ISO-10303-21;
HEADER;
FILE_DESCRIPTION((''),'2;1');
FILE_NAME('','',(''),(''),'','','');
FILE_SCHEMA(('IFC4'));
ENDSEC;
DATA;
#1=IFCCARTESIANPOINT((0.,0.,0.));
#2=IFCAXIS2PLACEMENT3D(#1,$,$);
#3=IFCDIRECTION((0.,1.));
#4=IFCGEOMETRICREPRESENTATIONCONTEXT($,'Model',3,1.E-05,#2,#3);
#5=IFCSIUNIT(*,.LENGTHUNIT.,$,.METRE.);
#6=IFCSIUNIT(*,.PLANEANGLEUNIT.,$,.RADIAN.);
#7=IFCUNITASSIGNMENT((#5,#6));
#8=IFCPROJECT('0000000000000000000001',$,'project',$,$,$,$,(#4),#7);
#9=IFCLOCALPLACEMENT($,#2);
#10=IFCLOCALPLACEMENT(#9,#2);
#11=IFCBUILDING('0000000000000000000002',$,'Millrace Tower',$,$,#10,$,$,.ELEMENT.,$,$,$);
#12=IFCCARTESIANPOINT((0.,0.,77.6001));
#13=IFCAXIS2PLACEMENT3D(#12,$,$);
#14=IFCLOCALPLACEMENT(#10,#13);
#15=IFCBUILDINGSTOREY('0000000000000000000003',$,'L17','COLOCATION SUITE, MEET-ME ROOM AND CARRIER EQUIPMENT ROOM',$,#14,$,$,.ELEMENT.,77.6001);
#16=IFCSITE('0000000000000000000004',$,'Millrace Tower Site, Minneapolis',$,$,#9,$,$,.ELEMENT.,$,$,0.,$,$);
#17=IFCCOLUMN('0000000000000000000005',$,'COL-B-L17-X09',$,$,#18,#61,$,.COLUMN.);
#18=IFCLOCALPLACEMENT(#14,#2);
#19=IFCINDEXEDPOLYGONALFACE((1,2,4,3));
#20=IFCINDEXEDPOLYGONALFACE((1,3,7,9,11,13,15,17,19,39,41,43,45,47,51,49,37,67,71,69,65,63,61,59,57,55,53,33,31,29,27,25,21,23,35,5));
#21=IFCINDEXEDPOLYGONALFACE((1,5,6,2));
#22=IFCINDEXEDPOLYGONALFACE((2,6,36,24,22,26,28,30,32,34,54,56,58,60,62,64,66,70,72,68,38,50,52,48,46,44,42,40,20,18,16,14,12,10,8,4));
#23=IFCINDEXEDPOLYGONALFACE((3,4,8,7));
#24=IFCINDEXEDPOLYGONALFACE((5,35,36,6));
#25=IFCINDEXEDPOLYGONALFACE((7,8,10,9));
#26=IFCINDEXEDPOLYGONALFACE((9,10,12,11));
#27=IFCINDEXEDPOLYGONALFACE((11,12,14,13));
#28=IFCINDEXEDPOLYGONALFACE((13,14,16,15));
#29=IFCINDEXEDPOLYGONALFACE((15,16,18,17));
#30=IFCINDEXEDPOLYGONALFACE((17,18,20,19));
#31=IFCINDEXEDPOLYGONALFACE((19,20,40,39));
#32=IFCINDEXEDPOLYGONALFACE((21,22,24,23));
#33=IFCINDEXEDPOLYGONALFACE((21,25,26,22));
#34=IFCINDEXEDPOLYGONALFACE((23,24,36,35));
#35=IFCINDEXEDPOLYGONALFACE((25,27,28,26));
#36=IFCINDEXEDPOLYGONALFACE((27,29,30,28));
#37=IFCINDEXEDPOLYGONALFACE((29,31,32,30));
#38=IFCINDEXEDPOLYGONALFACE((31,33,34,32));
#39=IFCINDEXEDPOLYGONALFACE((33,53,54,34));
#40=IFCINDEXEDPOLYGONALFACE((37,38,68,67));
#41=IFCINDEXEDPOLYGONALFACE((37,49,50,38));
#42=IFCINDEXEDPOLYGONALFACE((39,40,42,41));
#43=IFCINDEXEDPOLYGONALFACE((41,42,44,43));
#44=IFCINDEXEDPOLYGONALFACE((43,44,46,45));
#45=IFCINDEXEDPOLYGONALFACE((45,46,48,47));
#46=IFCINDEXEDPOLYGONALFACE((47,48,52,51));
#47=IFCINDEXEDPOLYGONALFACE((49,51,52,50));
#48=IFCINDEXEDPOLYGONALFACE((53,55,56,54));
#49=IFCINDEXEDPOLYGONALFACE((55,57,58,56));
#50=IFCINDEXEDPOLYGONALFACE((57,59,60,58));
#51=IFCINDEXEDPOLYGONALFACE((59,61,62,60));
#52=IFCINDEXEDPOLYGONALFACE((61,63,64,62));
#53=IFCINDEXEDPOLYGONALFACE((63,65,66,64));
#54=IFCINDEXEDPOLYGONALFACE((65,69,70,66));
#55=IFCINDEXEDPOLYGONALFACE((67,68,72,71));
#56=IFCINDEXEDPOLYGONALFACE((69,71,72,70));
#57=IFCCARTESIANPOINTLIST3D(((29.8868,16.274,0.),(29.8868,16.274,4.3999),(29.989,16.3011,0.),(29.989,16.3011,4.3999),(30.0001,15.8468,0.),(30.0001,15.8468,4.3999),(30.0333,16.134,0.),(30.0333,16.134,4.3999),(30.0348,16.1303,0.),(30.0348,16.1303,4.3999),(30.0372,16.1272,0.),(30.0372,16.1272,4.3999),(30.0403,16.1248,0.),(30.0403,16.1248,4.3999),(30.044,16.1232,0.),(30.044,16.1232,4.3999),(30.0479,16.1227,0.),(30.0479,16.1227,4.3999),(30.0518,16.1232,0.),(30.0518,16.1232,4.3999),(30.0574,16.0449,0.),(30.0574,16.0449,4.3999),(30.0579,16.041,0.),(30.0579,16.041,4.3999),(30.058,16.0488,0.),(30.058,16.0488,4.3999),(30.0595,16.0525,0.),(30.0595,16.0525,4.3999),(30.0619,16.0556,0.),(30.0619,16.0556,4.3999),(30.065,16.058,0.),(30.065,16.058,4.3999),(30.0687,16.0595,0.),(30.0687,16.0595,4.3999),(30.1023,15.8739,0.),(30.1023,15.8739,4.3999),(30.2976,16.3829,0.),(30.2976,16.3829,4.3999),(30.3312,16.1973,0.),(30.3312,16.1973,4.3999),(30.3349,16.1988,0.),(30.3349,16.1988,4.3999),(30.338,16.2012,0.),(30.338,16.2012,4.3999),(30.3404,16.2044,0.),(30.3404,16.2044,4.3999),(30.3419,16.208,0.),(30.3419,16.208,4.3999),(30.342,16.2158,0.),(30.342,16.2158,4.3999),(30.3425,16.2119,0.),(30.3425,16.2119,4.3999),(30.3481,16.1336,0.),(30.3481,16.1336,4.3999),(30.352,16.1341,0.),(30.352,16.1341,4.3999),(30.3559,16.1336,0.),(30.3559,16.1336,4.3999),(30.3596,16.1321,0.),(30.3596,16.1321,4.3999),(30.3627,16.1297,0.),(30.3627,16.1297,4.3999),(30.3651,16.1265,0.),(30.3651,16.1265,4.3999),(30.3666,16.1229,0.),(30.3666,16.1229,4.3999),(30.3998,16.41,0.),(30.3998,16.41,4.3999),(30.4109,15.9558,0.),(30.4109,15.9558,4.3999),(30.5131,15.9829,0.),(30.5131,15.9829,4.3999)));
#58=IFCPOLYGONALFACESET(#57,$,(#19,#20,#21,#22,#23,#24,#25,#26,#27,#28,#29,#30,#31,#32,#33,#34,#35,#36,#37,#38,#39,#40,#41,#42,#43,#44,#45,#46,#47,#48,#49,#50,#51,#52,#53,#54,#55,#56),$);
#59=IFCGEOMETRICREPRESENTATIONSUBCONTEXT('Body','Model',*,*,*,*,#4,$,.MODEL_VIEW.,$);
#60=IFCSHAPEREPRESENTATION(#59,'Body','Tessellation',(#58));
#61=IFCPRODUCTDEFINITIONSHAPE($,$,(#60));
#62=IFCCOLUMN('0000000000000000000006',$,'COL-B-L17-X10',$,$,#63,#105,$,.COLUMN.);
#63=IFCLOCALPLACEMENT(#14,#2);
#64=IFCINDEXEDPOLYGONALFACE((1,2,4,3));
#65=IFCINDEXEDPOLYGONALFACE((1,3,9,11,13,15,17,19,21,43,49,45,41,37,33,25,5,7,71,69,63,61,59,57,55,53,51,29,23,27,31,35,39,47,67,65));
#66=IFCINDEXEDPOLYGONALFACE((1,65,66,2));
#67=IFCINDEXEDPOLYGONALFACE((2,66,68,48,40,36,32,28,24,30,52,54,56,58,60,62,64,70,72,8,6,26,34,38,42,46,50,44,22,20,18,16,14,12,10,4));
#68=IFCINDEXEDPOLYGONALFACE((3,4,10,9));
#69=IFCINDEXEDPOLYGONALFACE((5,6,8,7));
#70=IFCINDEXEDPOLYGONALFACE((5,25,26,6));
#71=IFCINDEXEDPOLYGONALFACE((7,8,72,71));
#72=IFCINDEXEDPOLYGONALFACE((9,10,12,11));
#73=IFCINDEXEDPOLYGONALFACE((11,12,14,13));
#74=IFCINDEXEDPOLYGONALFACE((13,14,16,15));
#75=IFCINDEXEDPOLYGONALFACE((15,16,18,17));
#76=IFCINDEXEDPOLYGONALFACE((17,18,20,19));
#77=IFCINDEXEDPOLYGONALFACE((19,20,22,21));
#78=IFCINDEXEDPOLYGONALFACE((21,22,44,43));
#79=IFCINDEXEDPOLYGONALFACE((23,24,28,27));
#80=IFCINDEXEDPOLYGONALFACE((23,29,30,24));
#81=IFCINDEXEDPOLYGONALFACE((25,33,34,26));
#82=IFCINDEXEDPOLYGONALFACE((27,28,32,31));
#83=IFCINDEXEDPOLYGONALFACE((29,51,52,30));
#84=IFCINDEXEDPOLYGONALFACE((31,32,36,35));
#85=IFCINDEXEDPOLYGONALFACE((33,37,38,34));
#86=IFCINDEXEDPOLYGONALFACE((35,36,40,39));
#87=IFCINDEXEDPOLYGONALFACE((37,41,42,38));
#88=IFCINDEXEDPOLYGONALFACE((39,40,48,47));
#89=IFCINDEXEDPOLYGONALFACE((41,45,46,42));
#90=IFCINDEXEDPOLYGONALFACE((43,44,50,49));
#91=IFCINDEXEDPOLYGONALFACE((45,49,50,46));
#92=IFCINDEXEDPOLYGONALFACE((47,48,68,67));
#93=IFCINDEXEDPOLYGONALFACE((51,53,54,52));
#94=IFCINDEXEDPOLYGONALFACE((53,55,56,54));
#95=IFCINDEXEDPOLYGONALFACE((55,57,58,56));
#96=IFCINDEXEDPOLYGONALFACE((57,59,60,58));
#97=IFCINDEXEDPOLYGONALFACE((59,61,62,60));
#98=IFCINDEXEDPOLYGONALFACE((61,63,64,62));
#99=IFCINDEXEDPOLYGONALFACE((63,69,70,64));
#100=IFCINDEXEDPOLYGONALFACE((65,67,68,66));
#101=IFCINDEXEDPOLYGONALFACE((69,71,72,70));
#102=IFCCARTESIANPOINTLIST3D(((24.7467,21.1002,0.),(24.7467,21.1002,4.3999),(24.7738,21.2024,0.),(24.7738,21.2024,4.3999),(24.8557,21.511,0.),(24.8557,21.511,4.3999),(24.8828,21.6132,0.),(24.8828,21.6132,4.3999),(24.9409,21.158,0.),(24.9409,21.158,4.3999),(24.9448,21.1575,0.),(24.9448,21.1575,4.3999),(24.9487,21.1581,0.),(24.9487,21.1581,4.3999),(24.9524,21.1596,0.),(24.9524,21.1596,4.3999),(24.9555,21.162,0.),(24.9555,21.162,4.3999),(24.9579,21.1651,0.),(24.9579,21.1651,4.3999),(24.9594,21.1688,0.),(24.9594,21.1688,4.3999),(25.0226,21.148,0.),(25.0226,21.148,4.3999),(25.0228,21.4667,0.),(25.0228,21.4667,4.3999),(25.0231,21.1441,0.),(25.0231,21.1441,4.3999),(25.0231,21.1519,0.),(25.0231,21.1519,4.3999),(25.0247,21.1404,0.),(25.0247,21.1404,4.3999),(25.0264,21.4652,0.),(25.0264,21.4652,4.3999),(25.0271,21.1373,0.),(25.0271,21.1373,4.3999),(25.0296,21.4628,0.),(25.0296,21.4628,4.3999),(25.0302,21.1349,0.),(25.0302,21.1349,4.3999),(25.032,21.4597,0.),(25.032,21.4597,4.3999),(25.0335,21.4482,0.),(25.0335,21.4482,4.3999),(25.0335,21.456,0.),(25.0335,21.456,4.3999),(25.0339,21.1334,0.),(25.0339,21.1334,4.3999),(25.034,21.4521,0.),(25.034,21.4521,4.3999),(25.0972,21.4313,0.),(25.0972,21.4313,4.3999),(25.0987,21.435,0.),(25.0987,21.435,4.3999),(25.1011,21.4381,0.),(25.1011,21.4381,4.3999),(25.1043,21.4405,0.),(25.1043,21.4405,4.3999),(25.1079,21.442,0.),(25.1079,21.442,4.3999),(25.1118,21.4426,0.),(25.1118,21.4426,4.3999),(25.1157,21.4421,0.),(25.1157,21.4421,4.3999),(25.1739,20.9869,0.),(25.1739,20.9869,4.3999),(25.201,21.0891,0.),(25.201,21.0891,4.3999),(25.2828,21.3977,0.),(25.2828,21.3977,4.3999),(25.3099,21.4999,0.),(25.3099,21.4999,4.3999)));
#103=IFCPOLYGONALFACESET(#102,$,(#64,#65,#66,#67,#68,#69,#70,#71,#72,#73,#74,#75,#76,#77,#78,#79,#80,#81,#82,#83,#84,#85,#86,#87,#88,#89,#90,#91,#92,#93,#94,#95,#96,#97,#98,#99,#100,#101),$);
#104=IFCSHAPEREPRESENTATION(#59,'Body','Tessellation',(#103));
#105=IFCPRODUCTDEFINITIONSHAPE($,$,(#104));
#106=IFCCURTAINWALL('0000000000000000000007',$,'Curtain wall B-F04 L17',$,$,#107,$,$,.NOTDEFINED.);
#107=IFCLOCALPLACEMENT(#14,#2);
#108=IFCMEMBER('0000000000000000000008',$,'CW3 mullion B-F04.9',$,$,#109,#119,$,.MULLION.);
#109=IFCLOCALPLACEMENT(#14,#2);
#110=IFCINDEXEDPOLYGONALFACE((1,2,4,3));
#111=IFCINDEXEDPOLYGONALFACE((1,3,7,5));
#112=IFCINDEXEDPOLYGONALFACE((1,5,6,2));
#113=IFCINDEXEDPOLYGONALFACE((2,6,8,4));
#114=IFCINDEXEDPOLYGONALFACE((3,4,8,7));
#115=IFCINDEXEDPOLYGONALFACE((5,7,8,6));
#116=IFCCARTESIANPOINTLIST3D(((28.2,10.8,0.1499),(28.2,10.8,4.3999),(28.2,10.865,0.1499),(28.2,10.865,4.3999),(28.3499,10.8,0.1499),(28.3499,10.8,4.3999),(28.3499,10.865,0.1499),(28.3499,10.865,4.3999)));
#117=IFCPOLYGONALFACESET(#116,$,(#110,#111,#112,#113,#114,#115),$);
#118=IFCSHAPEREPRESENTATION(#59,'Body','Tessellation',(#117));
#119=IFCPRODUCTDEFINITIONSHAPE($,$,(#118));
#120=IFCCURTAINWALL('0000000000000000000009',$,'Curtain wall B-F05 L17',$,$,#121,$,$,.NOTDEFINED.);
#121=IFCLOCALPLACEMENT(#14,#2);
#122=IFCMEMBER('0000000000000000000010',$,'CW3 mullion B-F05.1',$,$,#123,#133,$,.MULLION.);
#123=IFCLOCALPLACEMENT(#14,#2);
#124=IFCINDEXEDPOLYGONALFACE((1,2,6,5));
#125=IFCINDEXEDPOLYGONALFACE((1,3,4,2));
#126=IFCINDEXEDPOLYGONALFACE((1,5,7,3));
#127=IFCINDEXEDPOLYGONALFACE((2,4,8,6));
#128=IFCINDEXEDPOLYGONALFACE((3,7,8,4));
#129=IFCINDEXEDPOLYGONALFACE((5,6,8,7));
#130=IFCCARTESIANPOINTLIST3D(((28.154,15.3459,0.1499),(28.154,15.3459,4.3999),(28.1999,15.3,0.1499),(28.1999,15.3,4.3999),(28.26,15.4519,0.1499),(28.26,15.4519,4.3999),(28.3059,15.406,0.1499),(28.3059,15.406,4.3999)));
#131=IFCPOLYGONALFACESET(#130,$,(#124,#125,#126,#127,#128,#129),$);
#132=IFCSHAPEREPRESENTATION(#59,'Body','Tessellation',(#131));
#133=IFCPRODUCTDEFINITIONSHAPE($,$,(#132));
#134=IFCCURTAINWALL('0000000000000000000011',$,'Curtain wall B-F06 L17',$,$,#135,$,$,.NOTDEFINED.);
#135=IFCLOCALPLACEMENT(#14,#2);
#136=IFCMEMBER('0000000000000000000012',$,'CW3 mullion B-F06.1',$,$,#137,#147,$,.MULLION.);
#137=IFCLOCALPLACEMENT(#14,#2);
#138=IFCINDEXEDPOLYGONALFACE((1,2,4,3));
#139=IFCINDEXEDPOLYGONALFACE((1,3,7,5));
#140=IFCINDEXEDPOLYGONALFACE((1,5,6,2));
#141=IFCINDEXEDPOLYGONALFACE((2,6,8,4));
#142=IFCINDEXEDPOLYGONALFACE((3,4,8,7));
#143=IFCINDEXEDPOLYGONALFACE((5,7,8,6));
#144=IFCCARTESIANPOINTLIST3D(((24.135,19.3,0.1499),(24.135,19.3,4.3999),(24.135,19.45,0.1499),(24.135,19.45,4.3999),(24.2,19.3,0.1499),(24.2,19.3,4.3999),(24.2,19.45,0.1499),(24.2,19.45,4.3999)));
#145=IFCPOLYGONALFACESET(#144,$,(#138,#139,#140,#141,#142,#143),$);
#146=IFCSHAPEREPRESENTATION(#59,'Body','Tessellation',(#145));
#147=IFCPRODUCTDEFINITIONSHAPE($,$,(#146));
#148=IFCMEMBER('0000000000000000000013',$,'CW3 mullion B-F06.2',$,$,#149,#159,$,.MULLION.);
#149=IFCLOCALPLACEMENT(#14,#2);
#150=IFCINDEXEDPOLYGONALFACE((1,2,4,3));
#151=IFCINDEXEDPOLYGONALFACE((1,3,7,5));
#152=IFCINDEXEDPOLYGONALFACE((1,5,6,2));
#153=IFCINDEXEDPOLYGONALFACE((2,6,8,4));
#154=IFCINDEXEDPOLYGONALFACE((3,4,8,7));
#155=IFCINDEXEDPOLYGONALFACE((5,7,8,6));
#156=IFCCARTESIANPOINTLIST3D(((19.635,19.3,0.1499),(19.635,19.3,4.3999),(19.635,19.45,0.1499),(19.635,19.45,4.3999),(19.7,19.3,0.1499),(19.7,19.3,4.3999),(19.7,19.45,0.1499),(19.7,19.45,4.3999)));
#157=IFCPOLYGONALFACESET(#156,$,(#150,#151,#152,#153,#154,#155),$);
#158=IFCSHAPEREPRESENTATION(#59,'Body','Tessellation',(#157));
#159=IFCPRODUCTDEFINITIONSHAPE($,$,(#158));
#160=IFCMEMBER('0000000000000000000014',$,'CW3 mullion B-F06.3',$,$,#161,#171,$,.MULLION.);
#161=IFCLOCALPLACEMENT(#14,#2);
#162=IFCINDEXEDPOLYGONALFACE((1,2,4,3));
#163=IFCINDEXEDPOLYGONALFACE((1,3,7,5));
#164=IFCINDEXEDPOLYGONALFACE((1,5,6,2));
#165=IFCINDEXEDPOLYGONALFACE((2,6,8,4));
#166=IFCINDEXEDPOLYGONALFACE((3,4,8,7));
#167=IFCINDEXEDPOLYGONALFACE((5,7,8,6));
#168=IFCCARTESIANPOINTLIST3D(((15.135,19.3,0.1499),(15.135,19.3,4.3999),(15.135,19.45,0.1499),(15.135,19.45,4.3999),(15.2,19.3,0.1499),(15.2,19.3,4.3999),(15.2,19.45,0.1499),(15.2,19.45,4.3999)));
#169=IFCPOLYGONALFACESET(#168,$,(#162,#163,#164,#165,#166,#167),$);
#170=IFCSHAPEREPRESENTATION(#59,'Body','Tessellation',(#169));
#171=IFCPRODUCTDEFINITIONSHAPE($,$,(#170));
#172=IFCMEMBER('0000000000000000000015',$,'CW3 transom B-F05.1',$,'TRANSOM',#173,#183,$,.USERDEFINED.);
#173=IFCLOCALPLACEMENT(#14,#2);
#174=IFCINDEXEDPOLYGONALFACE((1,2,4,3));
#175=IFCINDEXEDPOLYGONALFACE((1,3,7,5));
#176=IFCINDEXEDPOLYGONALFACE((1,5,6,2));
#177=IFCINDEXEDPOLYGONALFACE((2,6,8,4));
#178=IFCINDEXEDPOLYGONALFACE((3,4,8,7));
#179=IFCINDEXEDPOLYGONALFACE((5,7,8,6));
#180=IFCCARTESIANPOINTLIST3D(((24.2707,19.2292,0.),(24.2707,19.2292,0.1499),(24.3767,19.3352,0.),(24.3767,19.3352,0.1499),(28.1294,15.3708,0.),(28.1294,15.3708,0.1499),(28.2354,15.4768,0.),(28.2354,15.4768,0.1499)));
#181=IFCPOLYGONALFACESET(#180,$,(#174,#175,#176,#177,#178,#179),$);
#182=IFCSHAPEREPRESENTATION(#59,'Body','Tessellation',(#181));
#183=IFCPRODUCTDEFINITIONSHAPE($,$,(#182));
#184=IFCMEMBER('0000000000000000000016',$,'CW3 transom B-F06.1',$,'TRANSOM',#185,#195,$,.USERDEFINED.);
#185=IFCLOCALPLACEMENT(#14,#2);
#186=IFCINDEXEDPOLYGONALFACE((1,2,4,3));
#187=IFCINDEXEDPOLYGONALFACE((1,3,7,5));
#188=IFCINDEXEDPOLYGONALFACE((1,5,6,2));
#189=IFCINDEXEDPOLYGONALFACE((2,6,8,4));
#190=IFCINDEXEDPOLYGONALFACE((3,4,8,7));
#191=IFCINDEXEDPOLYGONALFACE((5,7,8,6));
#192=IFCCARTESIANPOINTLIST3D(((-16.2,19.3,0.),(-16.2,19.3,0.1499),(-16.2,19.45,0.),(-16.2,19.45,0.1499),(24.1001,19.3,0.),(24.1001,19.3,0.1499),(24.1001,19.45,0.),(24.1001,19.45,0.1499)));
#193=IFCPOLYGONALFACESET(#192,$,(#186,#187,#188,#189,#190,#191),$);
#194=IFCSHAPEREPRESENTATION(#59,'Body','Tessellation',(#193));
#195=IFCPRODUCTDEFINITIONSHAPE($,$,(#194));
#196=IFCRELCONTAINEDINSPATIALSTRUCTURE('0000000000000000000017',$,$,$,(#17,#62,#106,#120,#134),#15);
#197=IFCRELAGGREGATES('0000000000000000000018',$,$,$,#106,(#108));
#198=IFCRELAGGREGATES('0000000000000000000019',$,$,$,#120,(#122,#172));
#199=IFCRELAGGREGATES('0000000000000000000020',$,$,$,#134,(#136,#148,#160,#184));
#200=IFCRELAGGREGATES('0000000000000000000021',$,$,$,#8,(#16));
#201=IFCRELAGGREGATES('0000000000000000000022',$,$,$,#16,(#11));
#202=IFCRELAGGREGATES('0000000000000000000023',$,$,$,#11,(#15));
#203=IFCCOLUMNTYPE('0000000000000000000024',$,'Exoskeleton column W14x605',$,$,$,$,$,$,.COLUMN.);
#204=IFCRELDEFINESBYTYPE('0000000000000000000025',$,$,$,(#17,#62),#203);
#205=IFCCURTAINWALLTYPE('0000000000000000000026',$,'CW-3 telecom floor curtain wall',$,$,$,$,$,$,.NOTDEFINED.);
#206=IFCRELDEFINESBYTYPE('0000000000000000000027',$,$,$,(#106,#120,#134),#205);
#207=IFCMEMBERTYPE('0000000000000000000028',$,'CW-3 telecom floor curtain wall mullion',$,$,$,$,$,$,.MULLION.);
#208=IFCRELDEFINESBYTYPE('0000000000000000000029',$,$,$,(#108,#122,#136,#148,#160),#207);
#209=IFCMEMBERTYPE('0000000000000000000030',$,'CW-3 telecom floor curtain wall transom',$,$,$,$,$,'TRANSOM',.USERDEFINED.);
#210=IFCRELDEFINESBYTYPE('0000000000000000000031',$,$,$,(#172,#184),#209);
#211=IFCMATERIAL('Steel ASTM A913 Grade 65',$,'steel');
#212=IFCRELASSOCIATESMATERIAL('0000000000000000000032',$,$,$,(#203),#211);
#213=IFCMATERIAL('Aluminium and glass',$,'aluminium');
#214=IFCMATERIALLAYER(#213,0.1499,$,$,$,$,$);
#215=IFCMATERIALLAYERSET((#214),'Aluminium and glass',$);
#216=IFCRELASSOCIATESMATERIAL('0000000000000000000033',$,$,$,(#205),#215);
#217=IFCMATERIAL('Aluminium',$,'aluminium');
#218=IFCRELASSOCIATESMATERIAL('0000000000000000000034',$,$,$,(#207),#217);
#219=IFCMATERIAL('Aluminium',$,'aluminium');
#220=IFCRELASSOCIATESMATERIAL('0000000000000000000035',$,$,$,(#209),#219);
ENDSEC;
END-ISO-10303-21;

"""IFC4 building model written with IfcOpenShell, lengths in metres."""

from ifc_helpers import new_model, si_unit, direction, frame, origin, origin_2d, place, context, subcontext, project, spatial, rectangle, i_section, extrude, material, layer, layer_set, material_profile, profile_set, type_object, element, aggregate, save


model = new_model("IFC4")

# Units and contexts
model_context = context("Model", 3, precision=1e-05, world=origin(), true_north=direction((0.0, 1.0)))
body_context = subcontext(model_context, "Body", "Model", "MODEL_VIEW")
ifc_project = project(units=[si_unit("LENGTHUNIT", "METRE"), si_unit("PLANEANGLEUNIT", "RADIAN")], contexts=[model_context])

# Site, building, storey
site_placement = place(None, origin())
site = spatial("IfcSite", under=ifc_project, at=site_placement, Name="Millrace Tower Site, Minneapolis", CompositionType="ELEMENT", RefElevation=0.0)
building_placement = place(site_placement, origin())
building = spatial("IfcBuilding", under=site, at=building_placement, Name="Millrace Tower", CompositionType="ELEMENT")
storey_placement = place(building_placement, frame((0.0, 0.0, 77.6001)))
storey = spatial("IfcBuildingStorey", under=building, at=storey_placement, Name="L17", Description="COLOCATION SUITE, MEET-ME ROOM AND CARRIER EQUIPMENT ROOM", CompositionType="ELEMENT", Elevation=77.6001)

# Columns
ifc_material_1 = material(Name="Steel ASTM A913 Grade 65", Category="steel")
ifc_material_profile_1 = material_profile(ifc_material_1, i_section(OverallWidth=0.4419, OverallDepth=0.5308, WebThickness=0.0659, FlangeThickness=0.1057, FilletRadius=0.0151, at=origin_2d()))
ifc_profile_set_1 = profile_set([ifc_material_profile_1], Name="Steel ASTM A913 Grade 65")
column_type = type_object("IfcColumnType", Name="Exoskeleton column W14x605", PredefinedType="COLUMN", material=ifc_profile_set_1)
for number, where, z_axis, x_axis, name in (
    (1, (30.2, 16.1284, 0.0), (0.0, 0.0, 1.0), (-0.256347, 0.966585, 0.0), "COL-B-L17-X09"),
    (2, (25.0283, 21.3, 0.0), (0.0, 0.0, 1.0), (-0.966585, 0.256347, 0.0), "COL-B-L17-X10"),
):
    element("IfcColumn", number, at=place(storey_placement, frame(where, z_axis=z_axis, x_axis=x_axis)), inside=storey, type_object=column_type, Name=name, PredefinedType="COLUMN", context=body_context, shape_type="SweptSolid", body=[
        extrude(i_section(OverallWidth=0.4419, OverallDepth=0.5308, WebThickness=0.0659, FlangeThickness=0.1057, FilletRadius=0.0151, at=origin_2d()), origin(), (0.0, 0.0, 1.0), 4.3999),
    ])

# Curtain walls, members
ifc_material_2 = material(Name="Aluminium and glass", Category="aluminium")
ifc_layer_1 = layer(ifc_material_2, 0.1499)
ifc_layer_set_1 = layer_set([ifc_layer_1], Name="Aluminium and glass")
curtain_wall_type = type_object("IfcCurtainWallType", Name="CW-3 telecom floor curtain wall", PredefinedType="NOTDEFINED", material=ifc_layer_set_1)
placement = place(storey_placement, origin())
curtain_wall_1 = element("IfcCurtainWall", 3, at=placement, inside=storey, type_object=curtain_wall_type, Name="Curtain wall B-F04 L17", PredefinedType="NOTDEFINED")
ifc_material_3 = material(Name="Aluminium", Category="aluminium")
ifc_material_profile_2 = material_profile(ifc_material_3, rectangle(XDim=0.0649, YDim=0.1499, at=origin_2d()))
ifc_profile_set_2 = profile_set([ifc_material_profile_2], Name="Aluminium")
member_type_1 = type_object("IfcMemberType", Name="CW-3 telecom floor curtain wall mullion", PredefinedType="MULLION", material=ifc_profile_set_2)
member_1_placement = place(storey_placement, frame((28.2749, 10.8325, 0.1499), z_axis=(0.0, 0.0, 1.0), x_axis=(0.0, 1.0, 0.0)))
member_1 = element("IfcMember", 4, at=member_1_placement, type_object=member_type_1, Name="CW3 mullion B-F04.9", PredefinedType="MULLION", context=body_context, shape_type="SweptSolid", body=[
    extrude(rectangle(XDim=0.0649, YDim=0.1499, at=origin_2d()), origin(), (0.0, 0.0, 1.0), 4.25),
])
aggregate(curtain_wall_1, [member_1])
curtain_wall_2 = element("IfcCurtainWall", 5, at=placement, inside=storey, type_object=curtain_wall_type, Name="Curtain wall B-F05 L17", PredefinedType="NOTDEFINED")
member_2_placement = place(storey_placement, frame((28.23, 15.376, 0.1499), z_axis=(0.0, 0.0, 1.0), x_axis=(-0.707107, 0.707107, 0.0)))
member_2 = element("IfcMember", 6, at=member_2_placement, type_object=member_type_1, Name="CW3 mullion B-F05.1", PredefinedType="MULLION", context=body_context, shape_type="SweptSolid", body=[
    extrude(rectangle(XDim=0.0649, YDim=0.1499, at=origin_2d()), origin(), (0.0, 0.0, 1.0), 4.25),
])

# Curtain wall, members
curtain_wall_3 = element("IfcCurtainWall", 7, at=placement, inside=storey, type_object=curtain_wall_type, Name="Curtain wall B-F06 L17", PredefinedType="NOTDEFINED")
member_3_placement = place(storey_placement, frame((24.1675, 19.375, 0.1499), z_axis=(0.0, 0.0, 1.0), x_axis=(-1.0, 0.0, 0.0)))
member_3 = element("IfcMember", 8, at=member_3_placement, type_object=member_type_1, Name="CW3 mullion B-F06.1", PredefinedType="MULLION", context=body_context, shape_type="SweptSolid", body=[
    extrude(rectangle(XDim=0.0649, YDim=0.1499, at=origin_2d()), origin(), (0.0, 0.0, 1.0), 4.25),
])
member_4_placement = place(storey_placement, frame((19.6675, 19.375, 0.1499), z_axis=(0.0, 0.0, 1.0), x_axis=(-1.0, 0.0, 0.0)))
member_4 = element("IfcMember", 9, at=member_4_placement, type_object=member_type_1, Name="CW3 mullion B-F06.2", PredefinedType="MULLION", context=body_context, shape_type="SweptSolid", body=[
    extrude(rectangle(XDim=0.0649, YDim=0.1499, at=origin_2d()), origin(), (0.0, 0.0, 1.0), 4.25),
])
member_5_placement = place(storey_placement, frame((15.1675, 19.375, 0.1499), z_axis=(0.0, 0.0, 1.0), x_axis=(-1.0, 0.0, 0.0)))
member_5 = element("IfcMember", 10, at=member_5_placement, type_object=member_type_1, Name="CW3 mullion B-F06.3", PredefinedType="MULLION", context=body_context, shape_type="SweptSolid", body=[
    extrude(rectangle(XDim=0.0649, YDim=0.1499, at=origin_2d()), origin(), (0.0, 0.0, 1.0), 4.25),
])

# Members
ifc_material_4 = material(Name="Aluminium", Category="aluminium")
ifc_material_profile_3 = material_profile(ifc_material_4, rectangle(XDim=0.1499, YDim=0.1499, at=origin_2d()))
ifc_profile_set_3 = profile_set([ifc_material_profile_3], Name="Aluminium")
member_type_2 = type_object("IfcMemberType", Name="CW-3 telecom floor curtain wall transom", ElementType="TRANSOM", PredefinedType="USERDEFINED", material=ifc_profile_set_3)
member_6_placement = place(storey_placement, frame((28.1824, 15.4238, 0.075), z_axis=(-0.707129, 0.707084, 0.0), x_axis=(-0.707084, -0.707129, 0.0)))
member_6 = element("IfcMember", 11, at=member_6_placement, type_object=member_type_2, Name="CW3 transom B-F05.1", ObjectType="TRANSOM", PredefinedType="USERDEFINED", context=body_context, shape_type="SweptSolid", body=[
    extrude(rectangle(XDim=0.1499, YDim=0.1499, at=origin_2d()), origin(), (0.0, 0.0, 1.0), 5.4568),
])
aggregate(curtain_wall_2, [member_2, member_6])
member_7_placement = place(storey_placement, frame((24.1001, 19.375, 0.075), z_axis=(-1.0, 0.0, 0.0), x_axis=(0.0, -1.0, 0.0)))
member_7 = element("IfcMember", 12, at=member_7_placement, type_object=member_type_2, Name="CW3 transom B-F06.1", ObjectType="TRANSOM", PredefinedType="USERDEFINED", context=body_context, shape_type="SweptSolid", body=[
    extrude(rectangle(XDim=0.1499, YDim=0.1499, at=origin_2d()), origin(), (0.0, 0.0, 1.0), 40.3),
])
aggregate(curtain_wall_3, [member_3, member_4, member_5, member_7])

save(model, "model.ifc")
